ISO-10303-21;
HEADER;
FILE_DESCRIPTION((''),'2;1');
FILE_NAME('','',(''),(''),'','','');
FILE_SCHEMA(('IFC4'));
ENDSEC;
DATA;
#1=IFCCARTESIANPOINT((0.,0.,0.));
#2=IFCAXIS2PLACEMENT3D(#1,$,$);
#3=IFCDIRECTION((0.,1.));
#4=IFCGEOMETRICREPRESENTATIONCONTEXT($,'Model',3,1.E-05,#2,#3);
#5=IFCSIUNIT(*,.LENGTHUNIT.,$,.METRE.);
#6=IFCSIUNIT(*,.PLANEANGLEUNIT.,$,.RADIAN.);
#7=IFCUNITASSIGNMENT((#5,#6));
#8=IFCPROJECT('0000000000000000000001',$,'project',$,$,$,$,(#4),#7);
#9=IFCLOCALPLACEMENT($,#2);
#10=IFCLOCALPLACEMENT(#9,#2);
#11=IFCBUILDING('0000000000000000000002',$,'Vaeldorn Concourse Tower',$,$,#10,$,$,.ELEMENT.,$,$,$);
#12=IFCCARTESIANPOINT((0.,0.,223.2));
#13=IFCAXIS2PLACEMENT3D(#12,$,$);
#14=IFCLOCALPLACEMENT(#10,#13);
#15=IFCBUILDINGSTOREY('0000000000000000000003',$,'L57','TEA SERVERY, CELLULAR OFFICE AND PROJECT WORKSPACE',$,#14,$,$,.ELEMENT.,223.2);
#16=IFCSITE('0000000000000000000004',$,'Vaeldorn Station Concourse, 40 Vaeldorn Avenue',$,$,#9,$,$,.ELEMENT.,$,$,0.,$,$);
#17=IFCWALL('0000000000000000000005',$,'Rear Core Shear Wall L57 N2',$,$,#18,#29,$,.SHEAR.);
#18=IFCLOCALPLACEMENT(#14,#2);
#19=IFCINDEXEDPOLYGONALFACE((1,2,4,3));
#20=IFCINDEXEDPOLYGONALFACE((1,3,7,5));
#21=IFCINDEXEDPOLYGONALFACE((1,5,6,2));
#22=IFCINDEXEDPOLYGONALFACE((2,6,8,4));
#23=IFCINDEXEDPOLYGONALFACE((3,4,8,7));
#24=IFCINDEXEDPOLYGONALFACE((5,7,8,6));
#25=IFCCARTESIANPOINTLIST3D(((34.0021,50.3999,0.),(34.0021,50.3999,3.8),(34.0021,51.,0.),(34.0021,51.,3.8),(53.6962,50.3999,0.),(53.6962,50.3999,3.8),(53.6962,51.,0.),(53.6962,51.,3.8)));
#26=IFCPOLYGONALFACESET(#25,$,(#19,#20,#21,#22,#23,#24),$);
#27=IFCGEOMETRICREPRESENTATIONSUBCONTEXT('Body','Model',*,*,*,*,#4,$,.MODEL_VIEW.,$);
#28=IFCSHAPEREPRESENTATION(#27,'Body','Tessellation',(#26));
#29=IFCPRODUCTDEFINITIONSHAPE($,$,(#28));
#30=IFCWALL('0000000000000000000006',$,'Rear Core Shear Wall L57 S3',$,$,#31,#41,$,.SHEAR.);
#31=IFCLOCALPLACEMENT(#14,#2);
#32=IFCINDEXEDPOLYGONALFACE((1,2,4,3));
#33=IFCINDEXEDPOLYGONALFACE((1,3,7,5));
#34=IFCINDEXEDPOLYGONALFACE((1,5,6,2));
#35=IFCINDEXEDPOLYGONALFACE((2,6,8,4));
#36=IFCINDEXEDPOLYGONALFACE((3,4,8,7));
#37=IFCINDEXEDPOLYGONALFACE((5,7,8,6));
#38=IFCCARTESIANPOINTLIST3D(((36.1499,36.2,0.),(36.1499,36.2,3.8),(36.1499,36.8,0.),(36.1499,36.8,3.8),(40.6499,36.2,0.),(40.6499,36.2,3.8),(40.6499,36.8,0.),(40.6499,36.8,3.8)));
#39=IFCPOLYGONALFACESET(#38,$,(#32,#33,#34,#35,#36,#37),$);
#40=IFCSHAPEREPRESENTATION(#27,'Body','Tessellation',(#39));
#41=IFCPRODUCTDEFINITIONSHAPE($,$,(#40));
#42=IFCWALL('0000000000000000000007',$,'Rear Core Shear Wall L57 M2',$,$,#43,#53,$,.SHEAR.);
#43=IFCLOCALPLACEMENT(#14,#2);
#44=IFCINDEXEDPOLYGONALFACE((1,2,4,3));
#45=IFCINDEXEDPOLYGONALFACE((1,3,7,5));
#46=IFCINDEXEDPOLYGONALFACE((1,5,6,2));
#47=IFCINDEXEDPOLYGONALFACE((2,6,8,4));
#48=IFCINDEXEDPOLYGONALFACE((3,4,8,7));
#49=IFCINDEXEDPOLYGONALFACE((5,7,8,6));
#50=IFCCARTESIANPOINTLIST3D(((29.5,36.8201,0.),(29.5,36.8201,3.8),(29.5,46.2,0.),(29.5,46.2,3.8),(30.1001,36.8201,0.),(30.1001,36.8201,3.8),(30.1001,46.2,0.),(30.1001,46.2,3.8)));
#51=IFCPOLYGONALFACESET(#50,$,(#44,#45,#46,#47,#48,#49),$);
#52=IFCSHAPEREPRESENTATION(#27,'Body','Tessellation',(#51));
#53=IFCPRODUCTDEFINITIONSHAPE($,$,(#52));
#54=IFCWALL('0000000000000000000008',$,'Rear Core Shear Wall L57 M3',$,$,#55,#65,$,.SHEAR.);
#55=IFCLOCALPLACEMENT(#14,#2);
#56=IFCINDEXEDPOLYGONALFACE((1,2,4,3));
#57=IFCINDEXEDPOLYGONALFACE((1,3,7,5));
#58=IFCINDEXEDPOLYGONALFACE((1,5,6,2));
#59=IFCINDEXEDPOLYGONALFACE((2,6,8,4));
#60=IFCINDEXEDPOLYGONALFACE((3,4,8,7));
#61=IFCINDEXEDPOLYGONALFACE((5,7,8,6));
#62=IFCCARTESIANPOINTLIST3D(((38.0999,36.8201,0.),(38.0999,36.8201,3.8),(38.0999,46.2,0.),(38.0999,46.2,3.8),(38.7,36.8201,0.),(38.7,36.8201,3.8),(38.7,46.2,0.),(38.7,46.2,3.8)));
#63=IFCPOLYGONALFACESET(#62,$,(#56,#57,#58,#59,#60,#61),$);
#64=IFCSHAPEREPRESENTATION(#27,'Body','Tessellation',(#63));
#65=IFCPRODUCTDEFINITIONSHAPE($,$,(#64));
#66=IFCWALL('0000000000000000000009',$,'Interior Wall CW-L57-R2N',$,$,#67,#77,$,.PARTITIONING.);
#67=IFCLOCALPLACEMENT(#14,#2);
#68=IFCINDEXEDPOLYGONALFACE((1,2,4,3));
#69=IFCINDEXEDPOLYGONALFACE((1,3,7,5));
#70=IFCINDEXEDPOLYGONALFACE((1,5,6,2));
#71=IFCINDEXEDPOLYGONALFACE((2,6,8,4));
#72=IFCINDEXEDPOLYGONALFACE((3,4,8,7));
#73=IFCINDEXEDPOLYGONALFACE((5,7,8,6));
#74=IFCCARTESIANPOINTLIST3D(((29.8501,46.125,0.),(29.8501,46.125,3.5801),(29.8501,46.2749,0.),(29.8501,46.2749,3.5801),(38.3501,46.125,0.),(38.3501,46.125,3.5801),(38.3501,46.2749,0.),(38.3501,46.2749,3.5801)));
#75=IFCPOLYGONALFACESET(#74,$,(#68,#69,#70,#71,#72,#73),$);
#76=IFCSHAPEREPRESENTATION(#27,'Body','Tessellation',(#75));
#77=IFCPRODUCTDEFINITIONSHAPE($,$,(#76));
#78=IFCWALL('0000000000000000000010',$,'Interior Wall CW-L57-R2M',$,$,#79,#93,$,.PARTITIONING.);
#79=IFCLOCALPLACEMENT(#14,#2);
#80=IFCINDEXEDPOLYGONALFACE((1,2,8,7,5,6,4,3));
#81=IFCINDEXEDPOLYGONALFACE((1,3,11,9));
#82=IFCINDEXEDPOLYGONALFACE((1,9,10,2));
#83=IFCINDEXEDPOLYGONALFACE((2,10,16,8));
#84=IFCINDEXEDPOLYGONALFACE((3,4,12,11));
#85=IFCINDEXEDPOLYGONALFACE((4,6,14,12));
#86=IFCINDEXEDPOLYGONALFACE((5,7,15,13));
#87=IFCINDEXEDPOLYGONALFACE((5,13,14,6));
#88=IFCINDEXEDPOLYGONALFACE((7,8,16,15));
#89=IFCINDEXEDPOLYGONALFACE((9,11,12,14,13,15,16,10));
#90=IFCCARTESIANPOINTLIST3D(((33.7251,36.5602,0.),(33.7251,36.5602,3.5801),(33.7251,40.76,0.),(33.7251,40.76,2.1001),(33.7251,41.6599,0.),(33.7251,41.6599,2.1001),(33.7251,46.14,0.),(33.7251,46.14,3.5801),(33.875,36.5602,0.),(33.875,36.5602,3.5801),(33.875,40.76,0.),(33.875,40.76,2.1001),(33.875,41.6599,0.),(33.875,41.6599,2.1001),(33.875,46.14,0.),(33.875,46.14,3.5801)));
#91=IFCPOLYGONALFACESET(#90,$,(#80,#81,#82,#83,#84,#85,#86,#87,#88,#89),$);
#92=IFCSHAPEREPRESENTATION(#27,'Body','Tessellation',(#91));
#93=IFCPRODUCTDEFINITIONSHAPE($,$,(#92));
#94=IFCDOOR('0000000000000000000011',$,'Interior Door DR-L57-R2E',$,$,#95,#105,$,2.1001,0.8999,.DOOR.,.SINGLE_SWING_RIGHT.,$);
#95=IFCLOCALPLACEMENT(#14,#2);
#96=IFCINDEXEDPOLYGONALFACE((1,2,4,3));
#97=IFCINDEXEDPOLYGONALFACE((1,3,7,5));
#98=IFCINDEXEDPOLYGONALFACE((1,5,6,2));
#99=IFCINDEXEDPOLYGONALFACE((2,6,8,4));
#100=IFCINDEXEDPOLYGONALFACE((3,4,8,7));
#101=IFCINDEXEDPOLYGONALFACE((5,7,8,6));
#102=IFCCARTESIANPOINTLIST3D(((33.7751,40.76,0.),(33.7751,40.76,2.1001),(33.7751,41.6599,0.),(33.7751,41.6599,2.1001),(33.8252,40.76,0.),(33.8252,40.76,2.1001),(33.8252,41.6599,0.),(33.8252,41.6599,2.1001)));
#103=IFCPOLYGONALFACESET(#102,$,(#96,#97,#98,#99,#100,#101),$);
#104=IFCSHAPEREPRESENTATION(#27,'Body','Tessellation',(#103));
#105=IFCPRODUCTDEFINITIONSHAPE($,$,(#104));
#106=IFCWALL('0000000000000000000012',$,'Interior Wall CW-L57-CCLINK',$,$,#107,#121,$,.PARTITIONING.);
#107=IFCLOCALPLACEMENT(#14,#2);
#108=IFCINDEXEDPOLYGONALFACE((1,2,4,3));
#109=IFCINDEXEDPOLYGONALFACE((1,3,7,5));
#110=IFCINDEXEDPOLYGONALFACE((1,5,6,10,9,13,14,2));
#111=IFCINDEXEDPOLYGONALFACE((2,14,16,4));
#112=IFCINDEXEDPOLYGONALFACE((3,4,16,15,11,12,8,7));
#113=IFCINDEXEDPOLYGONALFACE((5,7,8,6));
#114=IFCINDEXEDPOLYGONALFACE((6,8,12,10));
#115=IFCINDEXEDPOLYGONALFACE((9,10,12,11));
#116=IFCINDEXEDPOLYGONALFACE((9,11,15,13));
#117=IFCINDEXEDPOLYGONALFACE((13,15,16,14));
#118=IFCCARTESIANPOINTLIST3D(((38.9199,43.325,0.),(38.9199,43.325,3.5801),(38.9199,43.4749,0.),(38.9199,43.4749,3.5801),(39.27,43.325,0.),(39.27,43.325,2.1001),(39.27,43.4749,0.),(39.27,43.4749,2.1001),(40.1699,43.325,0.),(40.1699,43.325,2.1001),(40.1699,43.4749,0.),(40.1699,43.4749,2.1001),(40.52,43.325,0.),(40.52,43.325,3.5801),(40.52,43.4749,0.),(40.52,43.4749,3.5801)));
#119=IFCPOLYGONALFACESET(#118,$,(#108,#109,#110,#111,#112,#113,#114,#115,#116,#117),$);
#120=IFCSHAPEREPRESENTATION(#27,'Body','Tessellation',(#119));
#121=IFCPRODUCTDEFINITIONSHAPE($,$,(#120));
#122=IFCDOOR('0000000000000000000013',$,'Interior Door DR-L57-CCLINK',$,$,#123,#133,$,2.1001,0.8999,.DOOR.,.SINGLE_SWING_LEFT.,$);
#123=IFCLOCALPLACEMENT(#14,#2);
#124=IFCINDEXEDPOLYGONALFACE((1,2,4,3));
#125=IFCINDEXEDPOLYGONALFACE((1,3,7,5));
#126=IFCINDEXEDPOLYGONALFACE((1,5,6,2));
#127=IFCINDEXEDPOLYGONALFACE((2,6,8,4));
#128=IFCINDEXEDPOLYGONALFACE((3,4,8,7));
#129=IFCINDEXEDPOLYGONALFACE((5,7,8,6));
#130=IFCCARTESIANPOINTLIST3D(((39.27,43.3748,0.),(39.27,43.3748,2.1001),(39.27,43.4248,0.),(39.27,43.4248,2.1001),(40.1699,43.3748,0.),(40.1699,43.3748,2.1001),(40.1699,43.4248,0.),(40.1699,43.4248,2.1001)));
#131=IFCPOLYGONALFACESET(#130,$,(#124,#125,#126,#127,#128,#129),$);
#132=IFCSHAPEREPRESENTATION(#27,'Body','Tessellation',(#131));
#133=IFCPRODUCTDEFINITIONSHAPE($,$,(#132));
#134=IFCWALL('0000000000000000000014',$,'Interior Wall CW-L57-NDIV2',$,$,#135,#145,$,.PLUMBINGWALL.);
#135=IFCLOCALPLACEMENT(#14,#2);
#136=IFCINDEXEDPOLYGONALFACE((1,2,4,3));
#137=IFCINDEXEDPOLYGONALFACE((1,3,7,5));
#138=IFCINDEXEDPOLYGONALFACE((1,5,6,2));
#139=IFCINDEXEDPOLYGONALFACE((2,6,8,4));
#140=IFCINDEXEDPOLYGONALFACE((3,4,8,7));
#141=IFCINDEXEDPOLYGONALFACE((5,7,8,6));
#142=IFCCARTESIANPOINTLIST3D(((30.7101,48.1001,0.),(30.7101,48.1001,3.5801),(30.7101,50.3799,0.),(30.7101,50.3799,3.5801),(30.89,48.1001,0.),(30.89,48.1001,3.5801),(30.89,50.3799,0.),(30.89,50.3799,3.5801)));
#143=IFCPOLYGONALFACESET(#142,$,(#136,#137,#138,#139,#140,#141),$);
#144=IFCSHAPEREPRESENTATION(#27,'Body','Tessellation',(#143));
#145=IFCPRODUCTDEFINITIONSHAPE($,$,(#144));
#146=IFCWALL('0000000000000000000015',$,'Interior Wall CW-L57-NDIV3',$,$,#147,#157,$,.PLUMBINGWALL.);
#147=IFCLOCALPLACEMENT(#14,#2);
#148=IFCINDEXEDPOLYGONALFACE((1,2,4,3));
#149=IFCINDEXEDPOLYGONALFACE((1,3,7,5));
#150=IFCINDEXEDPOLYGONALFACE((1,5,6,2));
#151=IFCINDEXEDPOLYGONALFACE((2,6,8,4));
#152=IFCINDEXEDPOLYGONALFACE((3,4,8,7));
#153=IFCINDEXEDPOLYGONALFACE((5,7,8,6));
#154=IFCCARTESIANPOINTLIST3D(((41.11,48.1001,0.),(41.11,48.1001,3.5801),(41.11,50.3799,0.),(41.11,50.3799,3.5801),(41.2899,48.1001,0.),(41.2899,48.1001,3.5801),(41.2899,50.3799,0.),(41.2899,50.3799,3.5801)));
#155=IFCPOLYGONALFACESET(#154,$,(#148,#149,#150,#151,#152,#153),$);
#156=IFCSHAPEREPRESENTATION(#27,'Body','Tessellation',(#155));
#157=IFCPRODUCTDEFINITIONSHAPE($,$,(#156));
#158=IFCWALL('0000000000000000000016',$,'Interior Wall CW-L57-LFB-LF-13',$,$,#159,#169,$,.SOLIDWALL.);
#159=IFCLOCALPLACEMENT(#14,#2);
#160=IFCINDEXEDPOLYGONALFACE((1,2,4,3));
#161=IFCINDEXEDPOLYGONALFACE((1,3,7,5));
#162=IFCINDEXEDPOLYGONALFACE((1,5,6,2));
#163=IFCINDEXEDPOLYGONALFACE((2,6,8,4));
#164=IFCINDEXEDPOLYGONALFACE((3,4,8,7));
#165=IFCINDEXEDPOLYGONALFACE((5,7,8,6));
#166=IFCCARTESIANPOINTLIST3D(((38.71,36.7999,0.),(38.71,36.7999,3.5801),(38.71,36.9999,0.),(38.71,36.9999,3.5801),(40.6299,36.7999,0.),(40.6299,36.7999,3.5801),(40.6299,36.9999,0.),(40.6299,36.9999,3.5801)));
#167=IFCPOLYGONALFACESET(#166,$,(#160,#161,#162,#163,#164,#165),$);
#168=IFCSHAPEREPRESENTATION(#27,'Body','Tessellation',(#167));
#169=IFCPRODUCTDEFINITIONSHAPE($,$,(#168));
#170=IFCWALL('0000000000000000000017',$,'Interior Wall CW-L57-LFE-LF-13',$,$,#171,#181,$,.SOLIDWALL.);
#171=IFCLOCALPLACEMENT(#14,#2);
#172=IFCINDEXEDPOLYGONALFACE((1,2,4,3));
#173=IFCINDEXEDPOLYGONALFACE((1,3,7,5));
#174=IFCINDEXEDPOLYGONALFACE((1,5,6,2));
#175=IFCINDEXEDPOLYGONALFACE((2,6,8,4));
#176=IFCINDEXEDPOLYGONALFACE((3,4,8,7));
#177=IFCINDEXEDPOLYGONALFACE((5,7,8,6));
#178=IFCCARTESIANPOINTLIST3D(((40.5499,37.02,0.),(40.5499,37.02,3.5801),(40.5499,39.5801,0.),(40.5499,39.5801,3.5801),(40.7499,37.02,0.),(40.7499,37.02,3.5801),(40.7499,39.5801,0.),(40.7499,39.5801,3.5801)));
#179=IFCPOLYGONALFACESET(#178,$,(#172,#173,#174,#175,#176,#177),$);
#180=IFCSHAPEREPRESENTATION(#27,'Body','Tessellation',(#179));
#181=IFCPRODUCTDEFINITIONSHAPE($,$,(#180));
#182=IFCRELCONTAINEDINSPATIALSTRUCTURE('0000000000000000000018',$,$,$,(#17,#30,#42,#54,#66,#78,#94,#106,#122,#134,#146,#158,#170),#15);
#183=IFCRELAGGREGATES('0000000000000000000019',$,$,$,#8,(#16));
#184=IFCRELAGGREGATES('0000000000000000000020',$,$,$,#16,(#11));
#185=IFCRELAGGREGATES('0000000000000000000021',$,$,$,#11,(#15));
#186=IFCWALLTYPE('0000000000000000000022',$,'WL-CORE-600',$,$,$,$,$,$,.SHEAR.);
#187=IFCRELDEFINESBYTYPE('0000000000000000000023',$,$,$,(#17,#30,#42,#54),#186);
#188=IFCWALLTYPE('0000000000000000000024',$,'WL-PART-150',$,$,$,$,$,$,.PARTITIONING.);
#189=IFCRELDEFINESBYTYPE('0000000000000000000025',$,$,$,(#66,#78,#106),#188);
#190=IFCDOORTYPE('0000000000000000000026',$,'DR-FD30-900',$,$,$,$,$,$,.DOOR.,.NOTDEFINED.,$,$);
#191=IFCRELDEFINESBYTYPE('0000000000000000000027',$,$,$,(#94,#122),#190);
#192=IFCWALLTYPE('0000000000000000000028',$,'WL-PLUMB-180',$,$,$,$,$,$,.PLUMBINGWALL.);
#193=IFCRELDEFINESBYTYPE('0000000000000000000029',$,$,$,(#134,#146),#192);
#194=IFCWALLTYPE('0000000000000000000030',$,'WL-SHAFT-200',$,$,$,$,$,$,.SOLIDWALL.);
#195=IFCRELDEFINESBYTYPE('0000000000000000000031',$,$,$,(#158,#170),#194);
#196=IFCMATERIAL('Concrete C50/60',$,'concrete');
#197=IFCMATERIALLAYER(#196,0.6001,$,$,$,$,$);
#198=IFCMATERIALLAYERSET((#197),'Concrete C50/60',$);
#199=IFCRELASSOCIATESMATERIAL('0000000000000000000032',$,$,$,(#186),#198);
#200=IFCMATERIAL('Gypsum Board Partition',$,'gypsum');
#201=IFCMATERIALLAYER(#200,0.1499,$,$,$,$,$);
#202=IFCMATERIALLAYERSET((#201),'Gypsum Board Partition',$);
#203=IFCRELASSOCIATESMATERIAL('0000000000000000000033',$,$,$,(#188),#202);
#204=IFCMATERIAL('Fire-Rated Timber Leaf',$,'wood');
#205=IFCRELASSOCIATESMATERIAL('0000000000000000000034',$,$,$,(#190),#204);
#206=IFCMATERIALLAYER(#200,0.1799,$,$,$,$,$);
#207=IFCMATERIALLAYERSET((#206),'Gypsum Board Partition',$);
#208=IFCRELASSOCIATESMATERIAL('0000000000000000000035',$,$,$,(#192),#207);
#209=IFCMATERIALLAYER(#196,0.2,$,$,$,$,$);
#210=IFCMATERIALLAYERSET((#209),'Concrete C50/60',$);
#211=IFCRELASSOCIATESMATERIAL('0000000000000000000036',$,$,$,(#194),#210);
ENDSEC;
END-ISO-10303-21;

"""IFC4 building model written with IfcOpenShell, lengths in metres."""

from ifc_helpers import new_model, si_unit, direction, frame, frame_2d, origin, place, context, subcontext, project, spatial, rectangle, extrude, source, transform, mapped, material, layer, layer_set, type_object, element, fill, save


model = new_model("IFC4")

# Units and contexts
model_context = context("Model", 3, precision=1e-05, world=origin(), true_north=direction((0.0, 1.0)))
body_context = subcontext(model_context, "Body", "Model", "MODEL_VIEW")
ifc_project = project(units=[si_unit("LENGTHUNIT", "METRE"), si_unit("PLANEANGLEUNIT", "RADIAN")], contexts=[model_context])

# Site, building, storey
site_placement = place(None, origin())
site = spatial("IfcSite", under=ifc_project, at=site_placement, Name="Vaeldorn Station Concourse, 40 Vaeldorn Avenue", CompositionType="ELEMENT", RefElevation=0.0)
building_placement = place(site_placement, origin())
building = spatial("IfcBuilding", under=site, at=building_placement, Name="Vaeldorn Concourse Tower", CompositionType="ELEMENT")
storey_placement = place(building_placement, frame((0.0, 0.0, 223.2)))
storey = spatial("IfcBuildingStorey", under=building, at=storey_placement, Name="L57", Description="TEA SERVERY, CELLULAR OFFICE AND PROJECT WORKSPACE", CompositionType="ELEMENT", Elevation=223.2)

# Walls
ifc_material_1 = material(Name="Concrete C50/60", Category="concrete")
ifc_layer_1 = layer(ifc_material_1, 0.6001)
ifc_layer_set_1 = layer_set([ifc_layer_1], Name="Concrete C50/60")
wall_type_1 = type_object("IfcWallType", Name="WL-CORE-600", PredefinedType="SHEAR", material=ifc_layer_set_1)
wall_1_placement = place(storey_placement, frame((34.002, 50.7, 0.0), z_axis=(0.0, 0.0, 1.0), x_axis=(1.0, 0.0, 0.0)))
element("IfcWall", 1, at=wall_1_placement, inside=storey, type_object=wall_type_1, Name="Rear Core Shear Wall L57 N2", PredefinedType="SHEAR", context=body_context, shape_type="SweptSolid", body=[
    extrude(rectangle(XDim=19.6941, YDim=0.6001, at=frame_2d((9.8472, 0.0))), origin(), (0.0, 0.0, 1.0), 3.8),
])
wall_2_placement = place(storey_placement, frame((36.1499, 36.5, 0.0), z_axis=(0.0, 0.0, 1.0), x_axis=(1.0, 0.0, 0.0)))
element("IfcWall", 2, at=wall_2_placement, inside=storey, type_object=wall_type_1, Name="Rear Core Shear Wall L57 S3", PredefinedType="SHEAR", context=body_context, shape_type="SweptSolid", body=[
    extrude(rectangle(XDim=4.5, YDim=0.6001, at=frame_2d((2.25, 0.0))), origin(), (0.0, 0.0, 1.0), 3.8),
])
for number, where, z_axis, x_axis, name in (
    (3, (29.8, 36.8201, 0.0), (0.0, 0.0, 1.0), (0.0, 1.0, 0.0), "Rear Core Shear Wall L57 M2"),
    (4, (38.3999, 36.8201, 0.0), (0.0, 0.0, 1.0), (0.0, 1.0, 0.0), "Rear Core Shear Wall L57 M3"),
):
    element("IfcWall", number, at=place(storey_placement, frame(where, z_axis=z_axis, x_axis=x_axis)), inside=storey, type_object=wall_type_1, Name=name, PredefinedType="SHEAR", context=body_context, shape_type="SweptSolid", body=[
        extrude(rectangle(XDim=9.3799, YDim=0.6001, at=frame_2d((4.6899, 0.0))), origin(), (0.0, 0.0, 1.0), 3.8),
    ])
ifc_material_2 = material(Name="Gypsum Board Partition", Category="gypsum")
ifc_layer_2 = layer(ifc_material_2, 0.1499)
ifc_layer_set_2 = layer_set([ifc_layer_2], Name="Gypsum Board Partition")
wall_type_2 = type_object("IfcWallType", Name="WL-PART-150", PredefinedType="PARTITIONING", material=ifc_layer_set_2)
wall_3_placement = place(storey_placement, frame((29.8501, 46.2, 0.0), z_axis=(0.0, 0.0, 1.0), x_axis=(1.0, 0.0, 0.0)))
element("IfcWall", 5, at=wall_3_placement, inside=storey, type_object=wall_type_2, Name="Interior Wall CW-L57-R2N", PredefinedType="PARTITIONING", context=body_context, shape_type="SweptSolid", body=[
    extrude(rectangle(XDim=8.5, YDim=0.1499, at=frame_2d((4.25, 0.0))), origin(), (0.0, 0.0, 1.0), 3.5801),
])

# Walls, openings, doors
wall_4_placement = place(storey_placement, frame((33.8, 36.5601, 0.0), z_axis=(0.0, 0.0, 1.0), x_axis=(0.0, 1.0, 0.0)))
wall_4 = element("IfcWall", 6, at=wall_4_placement, inside=storey, type_object=wall_type_2, Name="Interior Wall CW-L57-R2M", PredefinedType="PARTITIONING", context=body_context, shape_type="SweptSolid", body=[
    extrude(rectangle(XDim=9.5798, YDim=0.1499, at=frame_2d((4.79, 0.0))), origin(), (0.0, 0.0, 1.0), 3.5801),
])
opening_1_placement = place(wall_4_placement, frame((4.2, 0.0, 0.0)))
opening_1 = element("IfcOpeningElement", 7, at=opening_1_placement, cuts=wall_4, PredefinedType="OPENING", context=body_context, shape_type="SweptSolid", body=[
    extrude(rectangle(XDim=0.8999, YDim=2.1001, at=frame_2d((0.45, 1.05))), frame((0.0, 0.085, 0.0), z_axis=(0.0, -1.0, 0.0), x_axis=(1.0, 0.0, 0.0)), (0.0, 0.0, 1.0), 0.1699),
])
ifc_material_3 = material(Name="Fire-Rated Timber Leaf", Category="wood")
door_type_1 = type_object("IfcDoorType", Name="DR-FD30-900", OperationType="NOTDEFINED", PredefinedType="DOOR", material=ifc_material_3)
shared_shape_1 = source(origin(), body_context, "Body", "SweptSolid", [
    extrude(rectangle(XDim=0.8999, YDim=2.1001, at=frame_2d((0.45, 1.05))), frame((0.0, 0.0249, 0.0), z_axis=(0.0, -1.0, 0.0), x_axis=(1.0, 0.0, 0.0)), (0.0, 0.0, 1.0), 0.05),
])
door_1_placement = place(opening_1_placement, origin())
door_1 = element("IfcDoor", 8, at=door_1_placement, inside=storey, type_object=door_type_1, Name="Interior Door DR-L57-R2E", OperationType="SINGLE_SWING_RIGHT", OverallHeight=2.1001, OverallWidth=0.8999, PredefinedType="DOOR", context=body_context, shape_type="MappedRepresentation", body=[
    mapped(shared_shape_1, transform((0.0, 0.0, 0.0), scale=1.0)),
])
fill(opening_1, door_1)
wall_5_placement = place(storey_placement, frame((38.9199, 43.3999, 0.0), z_axis=(0.0, 0.0, 1.0), x_axis=(1.0, 0.0, 0.0)))
wall_5 = element("IfcWall", 9, at=wall_5_placement, inside=storey, type_object=wall_type_2, Name="Interior Wall CW-L57-CCLINK", PredefinedType="PARTITIONING", context=body_context, shape_type="SweptSolid", body=[
    extrude(rectangle(XDim=1.6001, YDim=0.1499, at=frame_2d((0.8, 0.0))), origin(), (0.0, 0.0, 1.0), 3.5801),
])
opening_2_placement = place(wall_5_placement, frame((0.3501, 0.0, 0.0)))
opening_2 = element("IfcOpeningElement", 10, at=opening_2_placement, cuts=wall_5, PredefinedType="OPENING", context=body_context, shape_type="SweptSolid", body=[
    extrude(rectangle(XDim=0.8999, YDim=2.1001, at=frame_2d((0.45, 1.05))), frame((0.0, 0.085, 0.0), z_axis=(0.0, -1.0, 0.0), x_axis=(1.0, 0.0, 0.0)), (0.0, 0.0, 1.0), 0.1699),
])
door_2_placement = place(opening_2_placement, origin())
door_2 = element("IfcDoor", 11, at=door_2_placement, inside=storey, type_object=door_type_1, Name="Interior Door DR-L57-CCLINK", OperationType="SINGLE_SWING_LEFT", OverallHeight=2.1001, OverallWidth=0.8999, PredefinedType="DOOR", context=body_context, shape_type="MappedRepresentation", body=[
    mapped(shared_shape_1, transform((0.0, 0.0, 0.0), scale=1.0)),
])
fill(opening_2, door_2)

# Walls
ifc_layer_3 = layer(ifc_material_2, 0.1799)
ifc_layer_set_3 = layer_set([ifc_layer_3], Name="Gypsum Board Partition")
wall_type_3 = type_object("IfcWallType", Name="WL-PLUMB-180", PredefinedType="PLUMBINGWALL", material=ifc_layer_set_3)
for number, where, z_axis, x_axis, name in (
    (12, (30.8, 48.1001, 0.0), (0.0, 0.0, 1.0), (0.0, 1.0, 0.0), "Interior Wall CW-L57-NDIV2"),
    (13, (41.2, 48.1001, 0.0), (0.0, 0.0, 1.0), (0.0, 1.0, 0.0), "Interior Wall CW-L57-NDIV3"),
):
    element("IfcWall", number, at=place(storey_placement, frame(where, z_axis=z_axis, x_axis=x_axis)), inside=storey, type_object=wall_type_3, Name=name, PredefinedType="PLUMBINGWALL", context=body_context, shape_type="SweptSolid", body=[
        extrude(rectangle(XDim=2.2798, YDim=0.1799, at=frame_2d((1.1399, 0.0))), origin(), (0.0, 0.0, 1.0), 3.5801),
    ])

# Shared definitions
ifc_layer_4 = layer(ifc_material_1, 0.2)
ifc_layer_set_4 = layer_set([ifc_layer_4], Name="Concrete C50/60")
wall_type_4 = type_object("IfcWallType", Name="WL-SHAFT-200", PredefinedType="SOLIDWALL", material=ifc_layer_set_4)

# Walls
wall_6_placement = place(storey_placement, frame((38.71, 36.8999, 0.0), z_axis=(0.0, 0.0, 1.0), x_axis=(1.0, 0.0, 0.0)))
element("IfcWall", 14, at=wall_6_placement, inside=storey, type_object=wall_type_4, Name="Interior Wall CW-L57-LFB-LF-13", PredefinedType="SOLIDWALL", context=body_context, shape_type="SweptSolid", body=[
    extrude(rectangle(XDim=1.9199, YDim=0.2, at=frame_2d((0.96, 0.0))), origin(), (0.0, 0.0, 1.0), 3.5801),
])
wall_7_placement = place(storey_placement, frame((40.6499, 37.02, 0.0), z_axis=(0.0, 0.0, 1.0), x_axis=(0.0, 1.0, 0.0)))
element("IfcWall", 15, at=wall_7_placement, inside=storey, type_object=wall_type_4, Name="Interior Wall CW-L57-LFE-LF-13", PredefinedType="SOLIDWALL", context=body_context, shape_type="SweptSolid", body=[
    extrude(rectangle(XDim=2.5601, YDim=0.2, at=frame_2d((1.28, 0.0))), origin(), (0.0, 0.0, 1.0), 3.5801),
])

save(model, "model.ifc")
